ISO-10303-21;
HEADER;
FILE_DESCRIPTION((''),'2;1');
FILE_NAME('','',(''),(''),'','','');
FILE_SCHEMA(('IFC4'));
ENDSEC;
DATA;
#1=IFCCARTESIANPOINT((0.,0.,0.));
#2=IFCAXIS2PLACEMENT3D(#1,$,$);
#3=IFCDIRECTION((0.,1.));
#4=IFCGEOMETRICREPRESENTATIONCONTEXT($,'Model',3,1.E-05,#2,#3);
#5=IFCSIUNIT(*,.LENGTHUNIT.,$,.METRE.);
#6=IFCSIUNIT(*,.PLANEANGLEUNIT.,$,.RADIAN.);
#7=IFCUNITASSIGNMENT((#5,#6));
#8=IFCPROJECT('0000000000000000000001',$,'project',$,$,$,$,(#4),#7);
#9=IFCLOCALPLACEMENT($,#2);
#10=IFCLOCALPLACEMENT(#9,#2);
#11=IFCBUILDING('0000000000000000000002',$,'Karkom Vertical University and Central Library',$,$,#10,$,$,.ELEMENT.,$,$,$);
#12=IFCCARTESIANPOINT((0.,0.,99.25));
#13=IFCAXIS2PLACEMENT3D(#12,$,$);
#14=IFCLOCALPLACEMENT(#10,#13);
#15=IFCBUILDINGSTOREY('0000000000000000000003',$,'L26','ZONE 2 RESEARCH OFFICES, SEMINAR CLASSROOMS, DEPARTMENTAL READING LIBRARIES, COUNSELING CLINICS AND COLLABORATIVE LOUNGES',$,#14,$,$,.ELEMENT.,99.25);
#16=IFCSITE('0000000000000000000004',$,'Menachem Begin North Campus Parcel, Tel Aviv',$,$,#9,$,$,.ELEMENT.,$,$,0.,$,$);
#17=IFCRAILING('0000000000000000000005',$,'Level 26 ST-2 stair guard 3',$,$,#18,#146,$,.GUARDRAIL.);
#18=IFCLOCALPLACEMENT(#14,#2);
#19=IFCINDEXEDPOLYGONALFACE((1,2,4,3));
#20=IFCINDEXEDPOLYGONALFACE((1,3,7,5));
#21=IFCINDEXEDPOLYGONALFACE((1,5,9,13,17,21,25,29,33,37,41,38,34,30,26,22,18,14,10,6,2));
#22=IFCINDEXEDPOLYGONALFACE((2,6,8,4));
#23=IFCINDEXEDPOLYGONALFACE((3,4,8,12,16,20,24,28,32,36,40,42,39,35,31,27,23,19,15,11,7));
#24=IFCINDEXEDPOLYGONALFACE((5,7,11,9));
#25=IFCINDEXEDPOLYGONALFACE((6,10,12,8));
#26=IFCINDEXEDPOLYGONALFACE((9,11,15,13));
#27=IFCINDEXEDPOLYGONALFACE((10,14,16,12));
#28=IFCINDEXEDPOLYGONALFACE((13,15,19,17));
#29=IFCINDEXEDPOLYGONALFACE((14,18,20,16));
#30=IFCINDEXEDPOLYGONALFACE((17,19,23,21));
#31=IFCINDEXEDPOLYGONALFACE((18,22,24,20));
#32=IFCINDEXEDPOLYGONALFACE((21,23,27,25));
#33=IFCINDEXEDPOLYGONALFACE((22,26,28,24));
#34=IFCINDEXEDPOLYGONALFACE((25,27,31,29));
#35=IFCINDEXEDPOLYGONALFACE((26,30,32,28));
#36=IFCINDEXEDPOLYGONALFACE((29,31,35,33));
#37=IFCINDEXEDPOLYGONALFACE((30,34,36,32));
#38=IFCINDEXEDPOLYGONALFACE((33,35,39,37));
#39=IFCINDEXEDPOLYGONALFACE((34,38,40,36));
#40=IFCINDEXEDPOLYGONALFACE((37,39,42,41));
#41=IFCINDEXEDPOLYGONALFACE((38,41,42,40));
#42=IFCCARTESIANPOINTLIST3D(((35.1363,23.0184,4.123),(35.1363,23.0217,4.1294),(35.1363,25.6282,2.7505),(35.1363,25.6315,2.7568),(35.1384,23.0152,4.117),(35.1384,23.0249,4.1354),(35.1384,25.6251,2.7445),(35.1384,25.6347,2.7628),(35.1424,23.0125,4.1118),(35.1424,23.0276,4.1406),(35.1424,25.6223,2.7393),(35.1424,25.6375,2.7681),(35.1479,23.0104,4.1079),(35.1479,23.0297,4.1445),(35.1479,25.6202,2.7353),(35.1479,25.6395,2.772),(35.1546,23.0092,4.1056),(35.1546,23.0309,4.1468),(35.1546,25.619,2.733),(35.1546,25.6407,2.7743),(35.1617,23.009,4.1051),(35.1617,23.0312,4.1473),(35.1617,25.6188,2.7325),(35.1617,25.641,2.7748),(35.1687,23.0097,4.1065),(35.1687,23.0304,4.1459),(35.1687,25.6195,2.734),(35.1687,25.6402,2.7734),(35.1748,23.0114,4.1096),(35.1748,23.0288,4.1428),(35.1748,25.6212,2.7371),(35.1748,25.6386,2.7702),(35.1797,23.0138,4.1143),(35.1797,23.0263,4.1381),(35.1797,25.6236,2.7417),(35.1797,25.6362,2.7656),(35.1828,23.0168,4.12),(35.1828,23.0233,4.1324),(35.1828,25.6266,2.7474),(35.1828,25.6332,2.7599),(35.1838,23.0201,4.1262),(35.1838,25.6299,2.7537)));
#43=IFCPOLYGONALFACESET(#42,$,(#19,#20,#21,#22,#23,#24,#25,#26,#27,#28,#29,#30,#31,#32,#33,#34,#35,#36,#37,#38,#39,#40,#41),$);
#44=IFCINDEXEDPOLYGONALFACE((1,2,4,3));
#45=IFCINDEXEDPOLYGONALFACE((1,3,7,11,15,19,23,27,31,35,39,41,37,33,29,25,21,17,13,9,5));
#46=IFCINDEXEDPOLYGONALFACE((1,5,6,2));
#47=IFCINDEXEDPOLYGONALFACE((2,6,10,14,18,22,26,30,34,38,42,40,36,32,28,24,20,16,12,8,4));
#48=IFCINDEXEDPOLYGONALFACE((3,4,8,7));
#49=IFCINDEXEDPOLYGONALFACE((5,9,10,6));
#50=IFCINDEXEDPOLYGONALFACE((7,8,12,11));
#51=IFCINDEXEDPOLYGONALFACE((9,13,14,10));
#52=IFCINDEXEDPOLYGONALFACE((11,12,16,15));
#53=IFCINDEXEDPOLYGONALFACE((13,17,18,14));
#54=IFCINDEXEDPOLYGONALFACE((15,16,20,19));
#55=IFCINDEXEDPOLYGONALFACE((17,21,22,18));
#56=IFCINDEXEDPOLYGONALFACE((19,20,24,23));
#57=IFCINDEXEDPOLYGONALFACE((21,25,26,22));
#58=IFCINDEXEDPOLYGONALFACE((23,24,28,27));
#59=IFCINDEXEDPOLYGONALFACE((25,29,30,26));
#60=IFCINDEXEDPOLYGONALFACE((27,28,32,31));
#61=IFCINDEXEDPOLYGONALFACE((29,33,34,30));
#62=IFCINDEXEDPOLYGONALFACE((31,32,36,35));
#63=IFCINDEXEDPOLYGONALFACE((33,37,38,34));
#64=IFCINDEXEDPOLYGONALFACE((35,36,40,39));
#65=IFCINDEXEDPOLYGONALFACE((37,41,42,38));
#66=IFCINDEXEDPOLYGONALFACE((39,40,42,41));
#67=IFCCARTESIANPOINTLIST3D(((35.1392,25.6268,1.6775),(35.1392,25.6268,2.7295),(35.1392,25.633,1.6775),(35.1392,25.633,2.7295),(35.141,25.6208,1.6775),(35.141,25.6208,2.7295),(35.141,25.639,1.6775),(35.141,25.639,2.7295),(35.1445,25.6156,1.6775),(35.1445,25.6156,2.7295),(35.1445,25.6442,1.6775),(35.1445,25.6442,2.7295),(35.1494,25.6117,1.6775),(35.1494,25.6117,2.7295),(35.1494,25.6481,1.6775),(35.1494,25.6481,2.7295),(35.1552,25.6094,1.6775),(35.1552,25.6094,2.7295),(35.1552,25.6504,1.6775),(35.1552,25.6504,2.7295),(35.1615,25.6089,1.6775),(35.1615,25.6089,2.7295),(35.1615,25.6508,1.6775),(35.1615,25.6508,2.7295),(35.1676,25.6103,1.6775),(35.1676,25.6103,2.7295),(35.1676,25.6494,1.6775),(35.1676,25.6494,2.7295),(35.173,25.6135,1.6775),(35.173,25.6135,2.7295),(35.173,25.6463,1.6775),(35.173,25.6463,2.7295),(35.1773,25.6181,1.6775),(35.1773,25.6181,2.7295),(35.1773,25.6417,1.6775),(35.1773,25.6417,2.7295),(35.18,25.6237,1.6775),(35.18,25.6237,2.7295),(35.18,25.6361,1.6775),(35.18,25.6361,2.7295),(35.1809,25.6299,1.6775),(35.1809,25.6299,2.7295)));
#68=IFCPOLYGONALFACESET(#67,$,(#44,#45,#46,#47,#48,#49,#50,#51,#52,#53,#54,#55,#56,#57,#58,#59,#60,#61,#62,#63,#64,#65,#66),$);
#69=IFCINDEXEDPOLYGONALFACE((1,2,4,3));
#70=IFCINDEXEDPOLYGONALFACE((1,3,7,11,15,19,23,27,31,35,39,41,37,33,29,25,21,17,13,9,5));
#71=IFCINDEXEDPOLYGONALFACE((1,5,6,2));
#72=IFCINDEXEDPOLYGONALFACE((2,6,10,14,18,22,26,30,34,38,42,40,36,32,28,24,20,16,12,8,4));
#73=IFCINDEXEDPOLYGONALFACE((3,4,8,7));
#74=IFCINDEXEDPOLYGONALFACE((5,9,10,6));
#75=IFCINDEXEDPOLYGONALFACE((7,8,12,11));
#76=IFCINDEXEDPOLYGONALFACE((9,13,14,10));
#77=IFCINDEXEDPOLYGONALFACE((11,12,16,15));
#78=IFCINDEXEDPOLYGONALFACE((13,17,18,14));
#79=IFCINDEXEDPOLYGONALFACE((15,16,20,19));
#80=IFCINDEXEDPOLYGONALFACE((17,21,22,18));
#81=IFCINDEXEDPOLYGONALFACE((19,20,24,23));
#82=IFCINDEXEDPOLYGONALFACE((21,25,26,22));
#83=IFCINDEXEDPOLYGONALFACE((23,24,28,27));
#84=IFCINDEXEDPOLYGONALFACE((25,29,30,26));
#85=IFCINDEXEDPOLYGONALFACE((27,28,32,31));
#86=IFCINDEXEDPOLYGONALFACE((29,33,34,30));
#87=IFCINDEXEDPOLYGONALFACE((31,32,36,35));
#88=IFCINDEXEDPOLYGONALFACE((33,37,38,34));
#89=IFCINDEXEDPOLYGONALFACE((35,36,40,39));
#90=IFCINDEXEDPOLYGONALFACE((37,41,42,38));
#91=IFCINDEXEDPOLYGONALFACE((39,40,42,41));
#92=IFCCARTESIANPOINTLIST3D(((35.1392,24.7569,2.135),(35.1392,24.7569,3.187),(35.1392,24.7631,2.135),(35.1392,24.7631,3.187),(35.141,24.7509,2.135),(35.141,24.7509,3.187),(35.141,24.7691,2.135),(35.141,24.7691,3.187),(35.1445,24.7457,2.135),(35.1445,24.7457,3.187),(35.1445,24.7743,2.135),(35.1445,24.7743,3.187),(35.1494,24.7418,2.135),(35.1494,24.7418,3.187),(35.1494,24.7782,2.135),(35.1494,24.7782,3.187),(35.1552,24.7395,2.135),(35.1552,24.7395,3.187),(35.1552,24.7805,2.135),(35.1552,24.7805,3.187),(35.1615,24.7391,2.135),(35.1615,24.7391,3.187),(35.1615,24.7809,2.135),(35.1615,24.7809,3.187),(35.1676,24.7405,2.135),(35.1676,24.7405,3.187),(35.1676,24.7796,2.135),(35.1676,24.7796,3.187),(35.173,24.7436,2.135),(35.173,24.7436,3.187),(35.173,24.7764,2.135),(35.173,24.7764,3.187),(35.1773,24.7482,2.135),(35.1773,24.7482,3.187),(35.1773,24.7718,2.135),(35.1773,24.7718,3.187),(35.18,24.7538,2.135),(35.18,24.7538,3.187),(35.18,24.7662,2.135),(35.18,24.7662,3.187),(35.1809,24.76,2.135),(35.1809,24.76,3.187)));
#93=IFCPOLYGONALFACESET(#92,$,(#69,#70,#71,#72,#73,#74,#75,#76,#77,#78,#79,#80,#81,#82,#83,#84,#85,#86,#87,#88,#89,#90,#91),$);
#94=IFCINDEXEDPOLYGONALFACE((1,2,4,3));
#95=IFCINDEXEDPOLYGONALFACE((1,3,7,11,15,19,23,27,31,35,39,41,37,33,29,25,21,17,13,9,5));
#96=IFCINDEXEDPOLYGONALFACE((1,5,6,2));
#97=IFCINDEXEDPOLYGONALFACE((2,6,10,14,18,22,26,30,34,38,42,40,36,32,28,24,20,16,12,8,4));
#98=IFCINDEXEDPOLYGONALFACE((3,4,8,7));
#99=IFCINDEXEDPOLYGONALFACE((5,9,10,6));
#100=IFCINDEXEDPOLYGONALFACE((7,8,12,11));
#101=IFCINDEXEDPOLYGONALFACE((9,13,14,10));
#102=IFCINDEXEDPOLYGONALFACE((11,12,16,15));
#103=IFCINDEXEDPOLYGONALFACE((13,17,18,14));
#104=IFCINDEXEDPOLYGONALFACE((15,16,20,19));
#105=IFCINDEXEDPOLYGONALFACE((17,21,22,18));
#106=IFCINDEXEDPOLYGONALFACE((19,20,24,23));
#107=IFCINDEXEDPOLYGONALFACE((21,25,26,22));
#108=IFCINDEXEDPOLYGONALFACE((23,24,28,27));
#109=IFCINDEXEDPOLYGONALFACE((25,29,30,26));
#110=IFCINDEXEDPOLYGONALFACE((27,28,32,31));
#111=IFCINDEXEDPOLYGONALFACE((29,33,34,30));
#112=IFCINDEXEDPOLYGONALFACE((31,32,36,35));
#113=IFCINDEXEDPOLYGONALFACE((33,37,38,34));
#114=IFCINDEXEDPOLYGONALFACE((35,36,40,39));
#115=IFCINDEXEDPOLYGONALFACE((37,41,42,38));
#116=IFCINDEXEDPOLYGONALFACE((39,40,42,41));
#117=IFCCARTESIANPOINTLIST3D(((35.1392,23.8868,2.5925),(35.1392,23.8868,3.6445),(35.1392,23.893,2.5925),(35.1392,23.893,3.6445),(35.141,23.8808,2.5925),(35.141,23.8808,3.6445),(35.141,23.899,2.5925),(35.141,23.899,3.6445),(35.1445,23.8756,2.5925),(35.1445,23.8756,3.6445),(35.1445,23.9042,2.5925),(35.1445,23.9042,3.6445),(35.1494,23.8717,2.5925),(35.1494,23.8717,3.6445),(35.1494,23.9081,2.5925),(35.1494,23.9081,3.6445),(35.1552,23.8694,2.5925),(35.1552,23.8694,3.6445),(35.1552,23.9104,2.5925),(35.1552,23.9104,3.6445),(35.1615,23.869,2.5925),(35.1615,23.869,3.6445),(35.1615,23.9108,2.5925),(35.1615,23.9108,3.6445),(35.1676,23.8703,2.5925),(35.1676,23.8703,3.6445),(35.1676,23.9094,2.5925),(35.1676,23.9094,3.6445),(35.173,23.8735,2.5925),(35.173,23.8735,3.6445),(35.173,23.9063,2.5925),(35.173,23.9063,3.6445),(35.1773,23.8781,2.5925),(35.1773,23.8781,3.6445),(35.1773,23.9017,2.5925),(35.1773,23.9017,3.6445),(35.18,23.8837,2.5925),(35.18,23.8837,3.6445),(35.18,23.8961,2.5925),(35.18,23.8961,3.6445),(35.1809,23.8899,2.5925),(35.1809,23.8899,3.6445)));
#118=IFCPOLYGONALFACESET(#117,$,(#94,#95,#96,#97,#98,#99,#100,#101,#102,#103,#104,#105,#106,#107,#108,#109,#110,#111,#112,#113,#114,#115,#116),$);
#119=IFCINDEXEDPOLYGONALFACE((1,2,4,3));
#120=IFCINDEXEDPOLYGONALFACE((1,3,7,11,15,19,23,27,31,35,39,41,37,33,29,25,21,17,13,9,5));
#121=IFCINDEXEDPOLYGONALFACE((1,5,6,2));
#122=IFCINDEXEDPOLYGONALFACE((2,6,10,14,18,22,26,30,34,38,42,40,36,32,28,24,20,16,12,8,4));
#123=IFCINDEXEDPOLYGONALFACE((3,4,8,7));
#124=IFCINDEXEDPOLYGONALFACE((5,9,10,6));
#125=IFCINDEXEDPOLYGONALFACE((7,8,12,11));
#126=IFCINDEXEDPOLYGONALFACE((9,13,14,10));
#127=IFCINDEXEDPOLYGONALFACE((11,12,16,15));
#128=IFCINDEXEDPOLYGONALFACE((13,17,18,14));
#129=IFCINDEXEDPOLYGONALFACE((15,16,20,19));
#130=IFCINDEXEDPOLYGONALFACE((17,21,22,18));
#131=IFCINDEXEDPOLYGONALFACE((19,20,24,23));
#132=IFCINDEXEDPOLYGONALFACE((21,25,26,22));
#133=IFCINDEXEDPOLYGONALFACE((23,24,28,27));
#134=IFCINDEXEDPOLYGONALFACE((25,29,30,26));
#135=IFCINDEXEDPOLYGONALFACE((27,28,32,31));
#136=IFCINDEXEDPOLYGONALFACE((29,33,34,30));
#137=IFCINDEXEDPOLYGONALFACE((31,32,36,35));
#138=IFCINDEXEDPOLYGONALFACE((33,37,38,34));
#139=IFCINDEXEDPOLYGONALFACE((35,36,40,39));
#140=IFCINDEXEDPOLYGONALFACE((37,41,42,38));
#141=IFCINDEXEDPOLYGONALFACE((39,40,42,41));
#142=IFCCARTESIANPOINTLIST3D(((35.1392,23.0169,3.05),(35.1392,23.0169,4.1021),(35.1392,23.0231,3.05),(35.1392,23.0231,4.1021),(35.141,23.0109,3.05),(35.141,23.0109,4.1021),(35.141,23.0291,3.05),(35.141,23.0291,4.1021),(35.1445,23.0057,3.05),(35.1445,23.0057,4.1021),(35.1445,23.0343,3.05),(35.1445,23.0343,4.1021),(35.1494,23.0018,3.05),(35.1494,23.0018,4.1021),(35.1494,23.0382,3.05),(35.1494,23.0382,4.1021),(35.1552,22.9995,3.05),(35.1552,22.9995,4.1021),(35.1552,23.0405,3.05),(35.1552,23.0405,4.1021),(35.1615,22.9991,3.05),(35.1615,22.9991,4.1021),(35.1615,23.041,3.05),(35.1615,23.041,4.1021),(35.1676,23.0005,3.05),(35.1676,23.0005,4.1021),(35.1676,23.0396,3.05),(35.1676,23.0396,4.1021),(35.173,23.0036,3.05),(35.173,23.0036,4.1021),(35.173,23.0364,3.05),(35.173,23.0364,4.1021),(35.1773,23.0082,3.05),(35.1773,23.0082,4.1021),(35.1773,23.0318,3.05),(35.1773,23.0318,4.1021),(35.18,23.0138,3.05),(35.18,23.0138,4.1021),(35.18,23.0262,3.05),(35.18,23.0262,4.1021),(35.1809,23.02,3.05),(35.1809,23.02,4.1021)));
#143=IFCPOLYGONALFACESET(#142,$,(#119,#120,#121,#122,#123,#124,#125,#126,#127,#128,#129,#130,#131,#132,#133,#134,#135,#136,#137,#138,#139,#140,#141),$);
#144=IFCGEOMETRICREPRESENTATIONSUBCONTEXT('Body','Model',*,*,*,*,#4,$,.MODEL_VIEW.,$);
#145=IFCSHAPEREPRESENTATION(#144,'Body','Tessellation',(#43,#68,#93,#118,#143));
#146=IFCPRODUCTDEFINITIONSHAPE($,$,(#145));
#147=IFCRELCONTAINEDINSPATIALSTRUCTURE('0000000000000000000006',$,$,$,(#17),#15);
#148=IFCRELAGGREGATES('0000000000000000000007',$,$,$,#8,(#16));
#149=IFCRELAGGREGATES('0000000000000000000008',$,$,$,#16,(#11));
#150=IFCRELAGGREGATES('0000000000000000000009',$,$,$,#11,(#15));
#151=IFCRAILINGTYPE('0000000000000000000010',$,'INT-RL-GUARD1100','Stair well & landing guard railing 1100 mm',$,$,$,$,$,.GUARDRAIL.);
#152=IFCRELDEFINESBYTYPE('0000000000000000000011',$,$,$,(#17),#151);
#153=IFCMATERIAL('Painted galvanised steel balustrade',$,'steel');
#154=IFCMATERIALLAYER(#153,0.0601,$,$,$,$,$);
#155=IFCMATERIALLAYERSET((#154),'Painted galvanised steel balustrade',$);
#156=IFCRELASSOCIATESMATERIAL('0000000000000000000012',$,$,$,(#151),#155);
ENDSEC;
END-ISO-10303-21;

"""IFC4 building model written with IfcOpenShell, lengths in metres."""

from ifc_helpers import new_model, si_unit, direction, frame, origin, origin_2d, place, context, subcontext, project, spatial, circle, extrude, material, layer, layer_set, type_object, element, save


model = new_model("IFC4")

# Units and contexts
model_context = context("Model", 3, precision=1e-05, world=origin(), true_north=direction((0.0, 1.0)))
body_context = subcontext(model_context, "Body", "Model", "MODEL_VIEW")
ifc_project = project(units=[si_unit("LENGTHUNIT", "METRE"), si_unit("PLANEANGLEUNIT", "RADIAN")], contexts=[model_context])

# Site, building, storey
site_placement = place(None, origin())
site = spatial("IfcSite", under=ifc_project, at=site_placement, Name="Menachem Begin North Campus Parcel, Tel Aviv", CompositionType="ELEMENT", RefElevation=0.0)
building_placement = place(site_placement, origin())
building = spatial("IfcBuilding", under=site, at=building_placement, Name="Karkom Vertical University and Central Library", CompositionType="ELEMENT")
storey_placement = place(building_placement, frame((0.0, 0.0, 99.25)))
storey = spatial("IfcBuildingStorey", under=building, at=storey_placement, Name="L26", Description="ZONE 2 RESEARCH OFFICES, SEMINAR CLASSROOMS, DEPARTMENTAL READING LIBRARIES, COUNSELING CLINICS AND COLLABORATIVE LOUNGES", CompositionType="ELEMENT", Elevation=99.25)

# Railing
ifc_material_1 = material(Name="Painted galvanised steel balustrade", Category="steel")
ifc_layer_1 = layer(ifc_material_1, 0.0601)
ifc_layer_set_1 = layer_set([ifc_layer_1], Name="Painted galvanised steel balustrade")
railing_type = type_object("IfcRailingType", Name="INT-RL-GUARD1100", Description="Stair well & landing guard railing 1100 mm", PredefinedType="GUARDRAIL", material=ifc_layer_set_1)
railing_placement = place(storey_placement, frame((35.1599, 25.6299, 1.6775)))
element("IfcRailing", 1, at=railing_placement, inside=storey, type_object=railing_type, Name="Level 26 ST-2 stair guard 3", PredefinedType="GUARDRAIL", context=body_context, shape_type="SweptSolid", body=[
    extrude(circle(Radius=0.0239, at=origin_2d()), frame((0.0, 0.0, 1.0762), z_axis=(0.0, -0.885065, 0.465467), x_axis=(1.0, 0.0, 0.0)), (0.0, 0.0, 1.0), 2.9487),
    extrude(circle(Radius=0.021, at=origin_2d()), origin(), (0.0, 0.0, 1.0), 1.052),
    extrude(circle(Radius=0.021, at=origin_2d()), frame((0.0, -0.8699, 0.4575)), (0.0, 0.0, 1.0), 1.052),
    extrude(circle(Radius=0.021, at=origin_2d()), frame((0.0, -1.74, 0.915)), (0.0, 0.0, 1.0), 1.052),
    extrude(circle(Radius=0.021, at=origin_2d()), frame((0.0, -2.6099, 1.3726)), (0.0, 0.0, 1.0), 1.052),
])

save(model, "model.ifc")
